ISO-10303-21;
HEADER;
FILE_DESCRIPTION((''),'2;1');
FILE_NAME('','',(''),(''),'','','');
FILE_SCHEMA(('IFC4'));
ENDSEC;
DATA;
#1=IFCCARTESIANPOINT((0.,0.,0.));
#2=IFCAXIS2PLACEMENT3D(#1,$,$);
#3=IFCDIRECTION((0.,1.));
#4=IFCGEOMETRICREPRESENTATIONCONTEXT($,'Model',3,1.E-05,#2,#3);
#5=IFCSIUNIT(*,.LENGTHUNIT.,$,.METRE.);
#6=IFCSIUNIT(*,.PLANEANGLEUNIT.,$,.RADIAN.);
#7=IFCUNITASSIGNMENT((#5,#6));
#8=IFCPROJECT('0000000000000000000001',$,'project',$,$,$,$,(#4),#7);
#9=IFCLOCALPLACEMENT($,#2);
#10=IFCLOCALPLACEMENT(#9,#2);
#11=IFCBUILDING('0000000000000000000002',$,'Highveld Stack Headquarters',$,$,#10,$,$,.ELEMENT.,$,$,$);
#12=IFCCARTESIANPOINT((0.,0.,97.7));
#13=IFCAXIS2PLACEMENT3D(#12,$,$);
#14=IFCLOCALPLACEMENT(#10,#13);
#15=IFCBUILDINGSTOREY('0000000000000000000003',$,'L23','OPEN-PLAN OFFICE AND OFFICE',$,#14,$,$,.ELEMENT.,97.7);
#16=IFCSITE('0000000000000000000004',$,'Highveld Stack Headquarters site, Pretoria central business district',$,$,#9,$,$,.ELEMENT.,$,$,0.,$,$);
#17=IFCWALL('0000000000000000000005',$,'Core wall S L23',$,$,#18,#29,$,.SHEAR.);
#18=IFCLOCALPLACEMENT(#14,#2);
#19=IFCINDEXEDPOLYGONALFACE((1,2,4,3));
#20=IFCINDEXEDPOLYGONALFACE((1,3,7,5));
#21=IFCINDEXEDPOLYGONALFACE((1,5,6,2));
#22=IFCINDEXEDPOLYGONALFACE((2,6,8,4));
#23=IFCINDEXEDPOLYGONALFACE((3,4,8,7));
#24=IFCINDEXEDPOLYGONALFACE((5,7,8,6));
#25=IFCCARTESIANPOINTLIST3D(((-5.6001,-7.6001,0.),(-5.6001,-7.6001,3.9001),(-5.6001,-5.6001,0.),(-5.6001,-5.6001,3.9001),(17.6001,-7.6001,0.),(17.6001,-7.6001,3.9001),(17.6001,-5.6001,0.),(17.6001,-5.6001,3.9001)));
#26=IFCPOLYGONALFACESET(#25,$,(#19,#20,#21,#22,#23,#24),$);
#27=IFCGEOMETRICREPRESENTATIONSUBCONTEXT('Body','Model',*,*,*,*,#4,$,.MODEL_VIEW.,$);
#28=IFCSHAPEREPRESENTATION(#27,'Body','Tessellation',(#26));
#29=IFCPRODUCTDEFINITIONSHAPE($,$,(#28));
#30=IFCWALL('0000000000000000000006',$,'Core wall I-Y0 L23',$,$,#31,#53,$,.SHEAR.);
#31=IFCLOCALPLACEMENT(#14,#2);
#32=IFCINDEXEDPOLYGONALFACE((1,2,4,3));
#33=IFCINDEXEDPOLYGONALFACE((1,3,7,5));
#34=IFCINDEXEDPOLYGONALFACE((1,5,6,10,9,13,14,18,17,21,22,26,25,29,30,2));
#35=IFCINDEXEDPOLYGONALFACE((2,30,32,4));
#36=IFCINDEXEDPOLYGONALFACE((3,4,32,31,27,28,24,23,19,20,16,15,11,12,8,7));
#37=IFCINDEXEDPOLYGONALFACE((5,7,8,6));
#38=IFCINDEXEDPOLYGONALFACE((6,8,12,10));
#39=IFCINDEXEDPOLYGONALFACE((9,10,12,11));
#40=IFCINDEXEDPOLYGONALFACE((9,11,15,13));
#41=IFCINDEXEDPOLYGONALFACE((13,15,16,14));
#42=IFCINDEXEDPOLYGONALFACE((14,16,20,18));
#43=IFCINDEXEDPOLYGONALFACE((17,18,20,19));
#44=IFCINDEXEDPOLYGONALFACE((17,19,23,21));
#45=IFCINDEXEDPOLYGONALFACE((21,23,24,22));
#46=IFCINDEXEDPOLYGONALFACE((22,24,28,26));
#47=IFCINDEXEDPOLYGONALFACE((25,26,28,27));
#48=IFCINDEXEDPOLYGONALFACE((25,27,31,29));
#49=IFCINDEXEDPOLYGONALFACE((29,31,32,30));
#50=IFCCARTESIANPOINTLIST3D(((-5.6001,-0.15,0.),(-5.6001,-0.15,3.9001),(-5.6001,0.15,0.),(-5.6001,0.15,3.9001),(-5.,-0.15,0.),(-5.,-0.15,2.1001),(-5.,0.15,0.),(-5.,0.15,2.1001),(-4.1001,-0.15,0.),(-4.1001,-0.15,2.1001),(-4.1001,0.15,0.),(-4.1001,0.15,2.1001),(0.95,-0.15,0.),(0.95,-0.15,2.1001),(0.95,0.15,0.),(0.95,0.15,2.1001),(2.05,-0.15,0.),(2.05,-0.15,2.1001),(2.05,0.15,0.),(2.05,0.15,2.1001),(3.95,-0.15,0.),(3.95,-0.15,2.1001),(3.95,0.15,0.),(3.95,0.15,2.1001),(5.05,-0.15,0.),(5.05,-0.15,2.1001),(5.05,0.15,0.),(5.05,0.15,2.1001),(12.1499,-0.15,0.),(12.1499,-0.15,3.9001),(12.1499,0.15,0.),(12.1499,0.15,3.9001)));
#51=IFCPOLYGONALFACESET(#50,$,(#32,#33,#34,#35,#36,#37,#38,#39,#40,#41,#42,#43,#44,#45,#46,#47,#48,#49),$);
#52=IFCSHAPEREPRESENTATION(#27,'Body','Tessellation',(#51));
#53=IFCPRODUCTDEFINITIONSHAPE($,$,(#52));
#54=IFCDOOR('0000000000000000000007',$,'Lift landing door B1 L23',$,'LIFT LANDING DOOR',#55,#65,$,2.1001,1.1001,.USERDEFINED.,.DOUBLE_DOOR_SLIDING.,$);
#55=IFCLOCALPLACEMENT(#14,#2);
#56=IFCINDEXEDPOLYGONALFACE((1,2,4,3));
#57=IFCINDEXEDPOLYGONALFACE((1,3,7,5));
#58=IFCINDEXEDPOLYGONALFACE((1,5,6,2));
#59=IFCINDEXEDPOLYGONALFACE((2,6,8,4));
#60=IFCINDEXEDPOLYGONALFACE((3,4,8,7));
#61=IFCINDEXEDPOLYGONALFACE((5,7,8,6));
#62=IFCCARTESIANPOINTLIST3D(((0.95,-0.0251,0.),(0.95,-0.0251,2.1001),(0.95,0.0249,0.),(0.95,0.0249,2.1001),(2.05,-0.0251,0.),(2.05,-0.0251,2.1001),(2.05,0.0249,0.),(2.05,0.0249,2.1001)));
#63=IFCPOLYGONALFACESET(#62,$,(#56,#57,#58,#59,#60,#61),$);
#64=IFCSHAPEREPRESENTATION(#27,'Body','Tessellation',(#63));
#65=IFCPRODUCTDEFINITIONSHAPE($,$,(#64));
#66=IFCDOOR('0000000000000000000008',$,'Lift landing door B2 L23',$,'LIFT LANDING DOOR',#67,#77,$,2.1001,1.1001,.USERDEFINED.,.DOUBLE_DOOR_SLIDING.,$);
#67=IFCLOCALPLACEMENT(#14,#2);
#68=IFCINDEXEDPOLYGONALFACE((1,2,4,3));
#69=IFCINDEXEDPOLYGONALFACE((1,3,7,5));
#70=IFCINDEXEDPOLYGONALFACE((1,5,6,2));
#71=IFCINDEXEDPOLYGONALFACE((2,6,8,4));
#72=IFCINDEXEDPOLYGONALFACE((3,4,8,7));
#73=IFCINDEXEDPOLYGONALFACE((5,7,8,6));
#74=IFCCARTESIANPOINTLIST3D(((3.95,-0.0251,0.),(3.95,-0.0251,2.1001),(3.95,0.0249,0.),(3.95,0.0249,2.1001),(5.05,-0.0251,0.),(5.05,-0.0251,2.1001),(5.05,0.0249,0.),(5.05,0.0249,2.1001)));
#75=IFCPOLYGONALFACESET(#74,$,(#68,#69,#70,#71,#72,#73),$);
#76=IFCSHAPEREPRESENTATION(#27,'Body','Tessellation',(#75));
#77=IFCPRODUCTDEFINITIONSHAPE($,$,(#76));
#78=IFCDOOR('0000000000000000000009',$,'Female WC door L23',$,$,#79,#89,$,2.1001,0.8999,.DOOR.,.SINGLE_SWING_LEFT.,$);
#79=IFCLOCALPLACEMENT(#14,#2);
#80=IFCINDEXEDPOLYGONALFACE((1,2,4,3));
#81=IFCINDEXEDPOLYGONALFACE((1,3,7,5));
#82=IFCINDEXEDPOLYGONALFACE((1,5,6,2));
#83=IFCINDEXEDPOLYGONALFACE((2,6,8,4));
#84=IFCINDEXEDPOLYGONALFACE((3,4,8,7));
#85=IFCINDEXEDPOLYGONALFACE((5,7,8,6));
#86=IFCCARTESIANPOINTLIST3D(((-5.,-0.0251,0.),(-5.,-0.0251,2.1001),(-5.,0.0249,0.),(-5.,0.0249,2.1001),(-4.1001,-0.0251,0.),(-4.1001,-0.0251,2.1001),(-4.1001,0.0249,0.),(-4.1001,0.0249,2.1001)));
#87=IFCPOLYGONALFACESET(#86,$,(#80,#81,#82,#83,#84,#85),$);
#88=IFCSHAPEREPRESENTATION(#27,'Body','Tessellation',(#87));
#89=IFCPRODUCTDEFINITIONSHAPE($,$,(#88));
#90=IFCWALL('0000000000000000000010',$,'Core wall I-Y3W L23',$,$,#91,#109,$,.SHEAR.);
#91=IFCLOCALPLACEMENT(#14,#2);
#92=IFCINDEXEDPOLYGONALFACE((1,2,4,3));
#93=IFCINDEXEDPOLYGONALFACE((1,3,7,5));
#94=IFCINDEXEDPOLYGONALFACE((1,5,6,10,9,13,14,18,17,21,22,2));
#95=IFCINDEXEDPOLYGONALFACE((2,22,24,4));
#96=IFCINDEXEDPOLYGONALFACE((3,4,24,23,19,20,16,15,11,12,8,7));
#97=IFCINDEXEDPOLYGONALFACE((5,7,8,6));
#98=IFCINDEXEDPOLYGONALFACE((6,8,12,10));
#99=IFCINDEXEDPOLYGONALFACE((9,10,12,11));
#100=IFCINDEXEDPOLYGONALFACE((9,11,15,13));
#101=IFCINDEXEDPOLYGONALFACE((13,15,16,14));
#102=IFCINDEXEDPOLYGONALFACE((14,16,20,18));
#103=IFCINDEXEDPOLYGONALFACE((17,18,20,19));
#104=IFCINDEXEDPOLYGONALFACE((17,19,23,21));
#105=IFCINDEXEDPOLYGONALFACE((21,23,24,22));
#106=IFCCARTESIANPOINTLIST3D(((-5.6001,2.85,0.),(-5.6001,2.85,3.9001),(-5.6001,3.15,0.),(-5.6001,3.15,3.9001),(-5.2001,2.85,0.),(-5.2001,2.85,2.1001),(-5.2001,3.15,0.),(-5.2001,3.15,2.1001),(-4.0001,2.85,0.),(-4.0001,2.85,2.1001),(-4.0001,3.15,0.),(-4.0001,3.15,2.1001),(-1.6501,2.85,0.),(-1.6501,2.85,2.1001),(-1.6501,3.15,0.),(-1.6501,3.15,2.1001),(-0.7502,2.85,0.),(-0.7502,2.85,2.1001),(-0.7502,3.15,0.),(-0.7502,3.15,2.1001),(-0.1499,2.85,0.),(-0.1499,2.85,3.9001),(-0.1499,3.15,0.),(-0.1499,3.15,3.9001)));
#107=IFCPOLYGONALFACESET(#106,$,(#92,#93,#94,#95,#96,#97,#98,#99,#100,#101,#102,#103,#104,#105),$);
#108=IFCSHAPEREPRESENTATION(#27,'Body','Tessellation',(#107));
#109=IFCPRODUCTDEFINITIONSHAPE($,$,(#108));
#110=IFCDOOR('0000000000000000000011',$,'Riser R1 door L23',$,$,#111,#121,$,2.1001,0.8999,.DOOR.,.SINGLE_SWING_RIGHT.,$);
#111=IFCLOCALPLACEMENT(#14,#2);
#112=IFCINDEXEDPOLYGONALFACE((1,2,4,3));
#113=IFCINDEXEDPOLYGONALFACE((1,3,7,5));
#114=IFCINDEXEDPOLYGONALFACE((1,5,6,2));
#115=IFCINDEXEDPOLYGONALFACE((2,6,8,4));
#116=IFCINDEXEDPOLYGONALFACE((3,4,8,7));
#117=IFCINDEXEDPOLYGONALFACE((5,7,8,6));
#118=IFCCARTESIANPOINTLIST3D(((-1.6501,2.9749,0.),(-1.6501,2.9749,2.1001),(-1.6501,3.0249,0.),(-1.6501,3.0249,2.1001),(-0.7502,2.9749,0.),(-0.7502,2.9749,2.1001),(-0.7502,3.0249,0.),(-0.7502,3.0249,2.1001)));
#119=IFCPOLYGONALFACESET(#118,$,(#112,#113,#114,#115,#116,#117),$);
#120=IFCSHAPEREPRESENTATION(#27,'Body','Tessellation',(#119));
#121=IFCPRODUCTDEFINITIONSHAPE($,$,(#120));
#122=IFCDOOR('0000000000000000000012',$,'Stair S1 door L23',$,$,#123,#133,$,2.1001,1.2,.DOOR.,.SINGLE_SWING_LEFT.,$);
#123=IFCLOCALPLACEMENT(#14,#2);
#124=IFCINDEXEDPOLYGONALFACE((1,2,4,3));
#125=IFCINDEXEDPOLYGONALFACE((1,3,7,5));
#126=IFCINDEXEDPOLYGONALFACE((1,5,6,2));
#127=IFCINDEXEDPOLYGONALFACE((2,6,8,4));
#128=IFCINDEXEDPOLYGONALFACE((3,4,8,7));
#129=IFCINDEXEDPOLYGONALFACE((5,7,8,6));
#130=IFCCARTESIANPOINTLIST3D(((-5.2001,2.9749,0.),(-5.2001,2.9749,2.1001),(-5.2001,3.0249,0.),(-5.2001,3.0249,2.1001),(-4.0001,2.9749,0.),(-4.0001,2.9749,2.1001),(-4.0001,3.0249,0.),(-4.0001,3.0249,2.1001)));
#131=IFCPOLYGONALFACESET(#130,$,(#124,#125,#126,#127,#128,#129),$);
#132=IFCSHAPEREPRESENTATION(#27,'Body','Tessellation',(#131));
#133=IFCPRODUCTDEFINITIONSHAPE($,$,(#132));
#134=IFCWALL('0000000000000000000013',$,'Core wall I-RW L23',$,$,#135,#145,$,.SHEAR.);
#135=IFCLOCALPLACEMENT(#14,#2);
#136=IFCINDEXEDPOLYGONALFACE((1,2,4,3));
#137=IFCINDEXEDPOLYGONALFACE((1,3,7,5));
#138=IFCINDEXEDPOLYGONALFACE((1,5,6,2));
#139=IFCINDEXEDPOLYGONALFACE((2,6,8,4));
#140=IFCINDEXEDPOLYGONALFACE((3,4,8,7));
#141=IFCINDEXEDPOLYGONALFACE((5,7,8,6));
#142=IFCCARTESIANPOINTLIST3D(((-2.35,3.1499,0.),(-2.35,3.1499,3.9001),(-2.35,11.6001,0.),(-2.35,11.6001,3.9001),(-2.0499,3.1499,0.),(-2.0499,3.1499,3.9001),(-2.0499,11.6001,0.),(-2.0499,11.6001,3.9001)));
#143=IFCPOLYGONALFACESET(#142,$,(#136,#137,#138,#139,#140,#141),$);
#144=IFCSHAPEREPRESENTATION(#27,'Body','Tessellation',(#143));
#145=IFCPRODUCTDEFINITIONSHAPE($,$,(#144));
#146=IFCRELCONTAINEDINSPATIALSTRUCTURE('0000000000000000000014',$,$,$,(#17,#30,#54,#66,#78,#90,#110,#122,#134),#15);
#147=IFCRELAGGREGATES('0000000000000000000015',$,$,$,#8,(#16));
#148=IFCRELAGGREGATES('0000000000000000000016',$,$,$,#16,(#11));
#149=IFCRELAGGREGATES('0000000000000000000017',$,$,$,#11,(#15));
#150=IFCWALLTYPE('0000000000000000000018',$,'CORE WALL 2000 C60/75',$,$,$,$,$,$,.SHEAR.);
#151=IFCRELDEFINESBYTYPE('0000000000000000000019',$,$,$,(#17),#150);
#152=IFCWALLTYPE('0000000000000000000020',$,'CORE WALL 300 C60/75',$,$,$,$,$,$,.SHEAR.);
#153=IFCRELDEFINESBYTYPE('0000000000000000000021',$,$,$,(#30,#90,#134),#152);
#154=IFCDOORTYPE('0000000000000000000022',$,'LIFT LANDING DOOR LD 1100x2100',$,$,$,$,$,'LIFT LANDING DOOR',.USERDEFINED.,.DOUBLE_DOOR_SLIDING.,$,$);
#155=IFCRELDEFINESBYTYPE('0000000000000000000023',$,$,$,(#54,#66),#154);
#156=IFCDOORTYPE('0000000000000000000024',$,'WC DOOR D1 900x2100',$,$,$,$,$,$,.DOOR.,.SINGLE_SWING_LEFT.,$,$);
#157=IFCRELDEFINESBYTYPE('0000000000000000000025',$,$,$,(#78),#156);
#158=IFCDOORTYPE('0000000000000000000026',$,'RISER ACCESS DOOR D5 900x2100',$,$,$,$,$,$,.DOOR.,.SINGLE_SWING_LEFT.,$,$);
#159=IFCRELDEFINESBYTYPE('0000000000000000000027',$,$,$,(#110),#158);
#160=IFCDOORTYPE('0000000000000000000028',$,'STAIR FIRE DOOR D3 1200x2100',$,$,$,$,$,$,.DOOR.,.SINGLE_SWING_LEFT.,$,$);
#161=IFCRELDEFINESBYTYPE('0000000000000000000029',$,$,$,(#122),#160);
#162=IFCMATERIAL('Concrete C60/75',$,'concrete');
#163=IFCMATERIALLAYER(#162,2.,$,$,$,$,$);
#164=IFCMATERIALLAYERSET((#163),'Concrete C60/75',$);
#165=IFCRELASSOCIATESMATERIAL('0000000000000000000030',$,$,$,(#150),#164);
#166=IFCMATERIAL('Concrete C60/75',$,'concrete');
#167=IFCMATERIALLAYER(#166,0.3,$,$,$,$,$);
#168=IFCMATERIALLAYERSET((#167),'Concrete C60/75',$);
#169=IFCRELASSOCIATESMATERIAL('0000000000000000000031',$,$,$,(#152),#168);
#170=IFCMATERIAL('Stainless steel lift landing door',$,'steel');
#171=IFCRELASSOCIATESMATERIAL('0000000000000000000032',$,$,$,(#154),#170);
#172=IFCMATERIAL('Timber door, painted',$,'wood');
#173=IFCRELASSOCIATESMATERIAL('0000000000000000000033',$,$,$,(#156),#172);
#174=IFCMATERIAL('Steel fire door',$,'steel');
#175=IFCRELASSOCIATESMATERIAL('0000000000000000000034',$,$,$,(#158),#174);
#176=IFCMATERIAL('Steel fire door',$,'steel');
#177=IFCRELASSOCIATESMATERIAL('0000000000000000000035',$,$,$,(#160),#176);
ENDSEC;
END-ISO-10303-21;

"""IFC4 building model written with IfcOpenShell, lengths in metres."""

from ifc_helpers import new_model, si_unit, direction, frame, frame_2d, origin, place, context, subcontext, project, spatial, rectangle, extrude, material, layer, layer_set, type_object, element, fill, save


model = new_model("IFC4")

# Units and contexts
model_context = context("Model", 3, precision=1e-05, world=origin(), true_north=direction((0.0, 1.0)))
body_context = subcontext(model_context, "Body", "Model", "MODEL_VIEW")
ifc_project = project(units=[si_unit("LENGTHUNIT", "METRE"), si_unit("PLANEANGLEUNIT", "RADIAN")], contexts=[model_context])

# Site, building, storey
site_placement = place(None, origin())
site = spatial("IfcSite", under=ifc_project, at=site_placement, Name="Highveld Stack Headquarters site, Pretoria central business district", CompositionType="ELEMENT", RefElevation=0.0)
building_placement = place(site_placement, origin())
building = spatial("IfcBuilding", under=site, at=building_placement, Name="Highveld Stack Headquarters", CompositionType="ELEMENT")
storey_placement = place(building_placement, frame((0.0, 0.0, 97.7)))
storey = spatial("IfcBuildingStorey", under=building, at=storey_placement, Name="L23", Description="OPEN-PLAN OFFICE AND OFFICE", CompositionType="ELEMENT", Elevation=97.7)

# Wall
ifc_material_1 = material(Name="Concrete C60/75", Category="concrete")
ifc_layer_1 = layer(ifc_material_1, 2.0)
ifc_layer_set_1 = layer_set([ifc_layer_1], Name="Concrete C60/75")
wall_type_1 = type_object("IfcWallType", Name="CORE WALL 2000 C60/75", PredefinedType="SHEAR", material=ifc_layer_set_1)
wall_1_placement = place(storey_placement, frame((-5.6001, -6.6001, 0.0), z_axis=(0.0, 0.0, 1.0), x_axis=(1.0, 0.0, 0.0)))
element("IfcWall", 1, at=wall_1_placement, inside=storey, type_object=wall_type_1, Name="Core wall S L23", PredefinedType="SHEAR", context=body_context, shape_type="SweptSolid", body=[
    extrude(rectangle(XDim=23.2002, YDim=2.0, at=frame_2d((11.6001, 0.0))), origin(), (0.0, 0.0, 1.0), 3.9001),
])

# Walls, openings, doors
ifc_material_2 = material(Name="Concrete C60/75", Category="concrete")
ifc_layer_2 = layer(ifc_material_2, 0.3)
ifc_layer_set_2 = layer_set([ifc_layer_2], Name="Concrete C60/75")
wall_type_2 = type_object("IfcWallType", Name="CORE WALL 300 C60/75", PredefinedType="SHEAR", material=ifc_layer_set_2)
wall_2_placement = place(storey_placement, frame((-5.6001, 0.0, 0.0), z_axis=(0.0, 0.0, 1.0), x_axis=(1.0, 0.0, 0.0)))
wall_2 = element("IfcWall", 2, at=wall_2_placement, inside=storey, type_object=wall_type_2, Name="Core wall I-Y0 L23", PredefinedType="SHEAR", context=body_context, shape_type="SweptSolid", body=[
    extrude(rectangle(XDim=17.75, YDim=0.3, at=frame_2d((8.875, 0.0))), origin(), (0.0, 0.0, 1.0), 3.9001),
])
opening_1_placement = place(wall_2_placement, frame((0.6001, 0.0, 0.0)))
opening_1 = element("IfcOpeningElement", 3, at=opening_1_placement, cuts=wall_2, PredefinedType="OPENING", context=body_context, shape_type="SweptSolid", body=[
    extrude(rectangle(XDim=0.8999, YDim=2.1001, at=frame_2d((0.45, 1.05))), frame((0.0, 0.1599, 0.0), z_axis=(0.0, -1.0, 0.0), x_axis=(1.0, 0.0, 0.0)), (0.0, 0.0, 1.0), 0.3201),
])
opening_2_placement = place(wall_2_placement, frame((6.55, 0.0, 0.0)))
opening_2 = element("IfcOpeningElement", 4, at=opening_2_placement, cuts=wall_2, PredefinedType="OPENING", context=body_context, shape_type="SweptSolid", body=[
    extrude(rectangle(XDim=1.1001, YDim=2.1001, at=frame_2d((0.55, 1.05))), frame((0.0, 0.1599, 0.0), z_axis=(0.0, -1.0, 0.0), x_axis=(1.0, 0.0, 0.0)), (0.0, 0.0, 1.0), 0.3201),
])
opening_3_placement = place(wall_2_placement, frame((9.55, 0.0, 0.0)))
opening_3 = element("IfcOpeningElement", 5, at=opening_3_placement, cuts=wall_2, PredefinedType="OPENING", context=body_context, shape_type="SweptSolid", body=[
    extrude(rectangle(XDim=1.1001, YDim=2.1001, at=frame_2d((0.55, 1.05))), frame((0.0, 0.1599, 0.0), z_axis=(0.0, -1.0, 0.0), x_axis=(1.0, 0.0, 0.0)), (0.0, 0.0, 1.0), 0.3201),
])
ifc_material_3 = material(Name="Stainless steel lift landing door", Category="steel")
door_type_1 = type_object("IfcDoorType", Name="LIFT LANDING DOOR LD 1100x2100", ElementType="LIFT LANDING DOOR", OperationType="DOUBLE_DOOR_SLIDING", PredefinedType="USERDEFINED", material=ifc_material_3)
door_1_placement = place(opening_2_placement, origin())
door_1 = element("IfcDoor", 6, at=door_1_placement, inside=storey, type_object=door_type_1, Name="Lift landing door B1 L23", ObjectType="LIFT LANDING DOOR", OperationType="DOUBLE_DOOR_SLIDING", OverallHeight=2.1001, OverallWidth=1.1001, PredefinedType="USERDEFINED", context=body_context, shape_type="SweptSolid", body=[
    extrude(rectangle(XDim=1.1001, YDim=2.1001, at=frame_2d((0.55, 1.05))), frame((0.0, 0.0249, 0.0), z_axis=(0.0, -1.0, 0.0), x_axis=(1.0, 0.0, 0.0)), (0.0, 0.0, 1.0), 0.05),
])
fill(opening_2, door_1)
door_2_placement = place(opening_3_placement, origin())
door_2 = element("IfcDoor", 7, at=door_2_placement, inside=storey, type_object=door_type_1, Name="Lift landing door B2 L23", ObjectType="LIFT LANDING DOOR", OperationType="DOUBLE_DOOR_SLIDING", OverallHeight=2.1001, OverallWidth=1.1001, PredefinedType="USERDEFINED", context=body_context, shape_type="SweptSolid", body=[
    extrude(rectangle(XDim=1.1001, YDim=2.1001, at=frame_2d((0.55, 1.05))), frame((0.0, 0.0249, 0.0), z_axis=(0.0, -1.0, 0.0), x_axis=(1.0, 0.0, 0.0)), (0.0, 0.0, 1.0), 0.05),
])
fill(opening_3, door_2)
ifc_material_4 = material(Name="Timber door, painted", Category="wood")
door_type_2 = type_object("IfcDoorType", Name="WC DOOR D1 900x2100", OperationType="SINGLE_SWING_LEFT", PredefinedType="DOOR", material=ifc_material_4)
door_3_placement = place(opening_1_placement, origin())
door_3 = element("IfcDoor", 8, at=door_3_placement, inside=storey, type_object=door_type_2, Name="Female WC door L23", OperationType="SINGLE_SWING_LEFT", OverallHeight=2.1001, OverallWidth=0.8999, PredefinedType="DOOR", context=body_context, shape_type="SweptSolid", body=[
    extrude(rectangle(XDim=0.8999, YDim=2.1001, at=frame_2d((0.45, 1.05))), frame((0.0, 0.0249, 0.0), z_axis=(0.0, -1.0, 0.0), x_axis=(1.0, 0.0, 0.0)), (0.0, 0.0, 1.0), 0.05),
])
fill(opening_1, door_3)
wall_3_placement = place(storey_placement, frame((-5.6001, 3.0, 0.0), z_axis=(0.0, 0.0, 1.0), x_axis=(1.0, 0.0, 0.0)))
wall_3 = element("IfcWall", 9, at=wall_3_placement, inside=storey, type_object=wall_type_2, Name="Core wall I-Y3W L23", PredefinedType="SHEAR", context=body_context, shape_type="SweptSolid", body=[
    extrude(rectangle(XDim=5.4502, YDim=0.3, at=frame_2d((2.7251, 0.0))), origin(), (0.0, 0.0, 1.0), 3.9001),
])
opening_4_placement = place(wall_3_placement, frame((0.3999, 0.0, 0.0)))
opening_4 = element("IfcOpeningElement", 10, at=opening_4_placement, cuts=wall_3, PredefinedType="OPENING", context=body_context, shape_type="SweptSolid", body=[
    extrude(rectangle(XDim=1.2, YDim=2.1001, at=frame_2d((0.6001, 1.05))), frame((0.0, 0.1599, 0.0), z_axis=(0.0, -1.0, 0.0), x_axis=(1.0, 0.0, 0.0)), (0.0, 0.0, 1.0), 0.3201),
])
opening_5_placement = place(wall_3_placement, frame((3.95, 0.0, 0.0)))
opening_5 = element("IfcOpeningElement", 11, at=opening_5_placement, cuts=wall_3, PredefinedType="OPENING", context=body_context, shape_type="SweptSolid", body=[
    extrude(rectangle(XDim=0.8999, YDim=2.1001, at=frame_2d((0.45, 1.05))), frame((0.0, 0.1599, 0.0), z_axis=(0.0, -1.0, 0.0), x_axis=(1.0, 0.0, 0.0)), (0.0, 0.0, 1.0), 0.3201),
])
ifc_material_5 = material(Name="Steel fire door", Category="steel")
door_type_3 = type_object("IfcDoorType", Name="RISER ACCESS DOOR D5 900x2100", OperationType="SINGLE_SWING_LEFT", PredefinedType="DOOR", material=ifc_material_5)
door_4_placement = place(opening_5_placement, origin())
door_4 = element("IfcDoor", 12, at=door_4_placement, inside=storey, type_object=door_type_3, Name="Riser R1 door L23", OperationType="SINGLE_SWING_RIGHT", OverallHeight=2.1001, OverallWidth=0.8999, PredefinedType="DOOR", context=body_context, shape_type="SweptSolid", body=[
    extrude(rectangle(XDim=0.8999, YDim=2.1001, at=frame_2d((0.45, 1.05))), frame((0.0, 0.0249, 0.0), z_axis=(0.0, -1.0, 0.0), x_axis=(1.0, 0.0, 0.0)), (0.0, 0.0, 1.0), 0.05),
])
fill(opening_5, door_4)
ifc_material_6 = material(Name="Steel fire door", Category="steel")
door_type_4 = type_object("IfcDoorType", Name="STAIR FIRE DOOR D3 1200x2100", OperationType="SINGLE_SWING_LEFT", PredefinedType="DOOR", material=ifc_material_6)
door_5_placement = place(opening_4_placement, origin())
door_5 = element("IfcDoor", 13, at=door_5_placement, inside=storey, type_object=door_type_4, Name="Stair S1 door L23", OperationType="SINGLE_SWING_LEFT", OverallHeight=2.1001, OverallWidth=1.2, PredefinedType="DOOR", context=body_context, shape_type="SweptSolid", body=[
    extrude(rectangle(XDim=1.2, YDim=2.1001, at=frame_2d((0.6001, 1.05))), frame((0.0, 0.0249, 0.0), z_axis=(0.0, -1.0, 0.0), x_axis=(1.0, 0.0, 0.0)), (0.0, 0.0, 1.0), 0.05),
])
fill(opening_4, door_5)

# Wall
wall_4_placement = place(storey_placement, frame((-2.2, 3.1499, 0.0), z_axis=(0.0, 0.0, 1.0), x_axis=(0.0, 1.0, 0.0)))
element("IfcWall", 14, at=wall_4_placement, inside=storey, type_object=wall_type_2, Name="Core wall I-RW L23", PredefinedType="SHEAR", context=body_context, shape_type="SweptSolid", body=[
    extrude(rectangle(XDim=8.4502, YDim=0.3, at=frame_2d((4.2251, 0.0))), origin(), (0.0, 0.0, 1.0), 3.9001),
])

save(model, "model.ifc")
